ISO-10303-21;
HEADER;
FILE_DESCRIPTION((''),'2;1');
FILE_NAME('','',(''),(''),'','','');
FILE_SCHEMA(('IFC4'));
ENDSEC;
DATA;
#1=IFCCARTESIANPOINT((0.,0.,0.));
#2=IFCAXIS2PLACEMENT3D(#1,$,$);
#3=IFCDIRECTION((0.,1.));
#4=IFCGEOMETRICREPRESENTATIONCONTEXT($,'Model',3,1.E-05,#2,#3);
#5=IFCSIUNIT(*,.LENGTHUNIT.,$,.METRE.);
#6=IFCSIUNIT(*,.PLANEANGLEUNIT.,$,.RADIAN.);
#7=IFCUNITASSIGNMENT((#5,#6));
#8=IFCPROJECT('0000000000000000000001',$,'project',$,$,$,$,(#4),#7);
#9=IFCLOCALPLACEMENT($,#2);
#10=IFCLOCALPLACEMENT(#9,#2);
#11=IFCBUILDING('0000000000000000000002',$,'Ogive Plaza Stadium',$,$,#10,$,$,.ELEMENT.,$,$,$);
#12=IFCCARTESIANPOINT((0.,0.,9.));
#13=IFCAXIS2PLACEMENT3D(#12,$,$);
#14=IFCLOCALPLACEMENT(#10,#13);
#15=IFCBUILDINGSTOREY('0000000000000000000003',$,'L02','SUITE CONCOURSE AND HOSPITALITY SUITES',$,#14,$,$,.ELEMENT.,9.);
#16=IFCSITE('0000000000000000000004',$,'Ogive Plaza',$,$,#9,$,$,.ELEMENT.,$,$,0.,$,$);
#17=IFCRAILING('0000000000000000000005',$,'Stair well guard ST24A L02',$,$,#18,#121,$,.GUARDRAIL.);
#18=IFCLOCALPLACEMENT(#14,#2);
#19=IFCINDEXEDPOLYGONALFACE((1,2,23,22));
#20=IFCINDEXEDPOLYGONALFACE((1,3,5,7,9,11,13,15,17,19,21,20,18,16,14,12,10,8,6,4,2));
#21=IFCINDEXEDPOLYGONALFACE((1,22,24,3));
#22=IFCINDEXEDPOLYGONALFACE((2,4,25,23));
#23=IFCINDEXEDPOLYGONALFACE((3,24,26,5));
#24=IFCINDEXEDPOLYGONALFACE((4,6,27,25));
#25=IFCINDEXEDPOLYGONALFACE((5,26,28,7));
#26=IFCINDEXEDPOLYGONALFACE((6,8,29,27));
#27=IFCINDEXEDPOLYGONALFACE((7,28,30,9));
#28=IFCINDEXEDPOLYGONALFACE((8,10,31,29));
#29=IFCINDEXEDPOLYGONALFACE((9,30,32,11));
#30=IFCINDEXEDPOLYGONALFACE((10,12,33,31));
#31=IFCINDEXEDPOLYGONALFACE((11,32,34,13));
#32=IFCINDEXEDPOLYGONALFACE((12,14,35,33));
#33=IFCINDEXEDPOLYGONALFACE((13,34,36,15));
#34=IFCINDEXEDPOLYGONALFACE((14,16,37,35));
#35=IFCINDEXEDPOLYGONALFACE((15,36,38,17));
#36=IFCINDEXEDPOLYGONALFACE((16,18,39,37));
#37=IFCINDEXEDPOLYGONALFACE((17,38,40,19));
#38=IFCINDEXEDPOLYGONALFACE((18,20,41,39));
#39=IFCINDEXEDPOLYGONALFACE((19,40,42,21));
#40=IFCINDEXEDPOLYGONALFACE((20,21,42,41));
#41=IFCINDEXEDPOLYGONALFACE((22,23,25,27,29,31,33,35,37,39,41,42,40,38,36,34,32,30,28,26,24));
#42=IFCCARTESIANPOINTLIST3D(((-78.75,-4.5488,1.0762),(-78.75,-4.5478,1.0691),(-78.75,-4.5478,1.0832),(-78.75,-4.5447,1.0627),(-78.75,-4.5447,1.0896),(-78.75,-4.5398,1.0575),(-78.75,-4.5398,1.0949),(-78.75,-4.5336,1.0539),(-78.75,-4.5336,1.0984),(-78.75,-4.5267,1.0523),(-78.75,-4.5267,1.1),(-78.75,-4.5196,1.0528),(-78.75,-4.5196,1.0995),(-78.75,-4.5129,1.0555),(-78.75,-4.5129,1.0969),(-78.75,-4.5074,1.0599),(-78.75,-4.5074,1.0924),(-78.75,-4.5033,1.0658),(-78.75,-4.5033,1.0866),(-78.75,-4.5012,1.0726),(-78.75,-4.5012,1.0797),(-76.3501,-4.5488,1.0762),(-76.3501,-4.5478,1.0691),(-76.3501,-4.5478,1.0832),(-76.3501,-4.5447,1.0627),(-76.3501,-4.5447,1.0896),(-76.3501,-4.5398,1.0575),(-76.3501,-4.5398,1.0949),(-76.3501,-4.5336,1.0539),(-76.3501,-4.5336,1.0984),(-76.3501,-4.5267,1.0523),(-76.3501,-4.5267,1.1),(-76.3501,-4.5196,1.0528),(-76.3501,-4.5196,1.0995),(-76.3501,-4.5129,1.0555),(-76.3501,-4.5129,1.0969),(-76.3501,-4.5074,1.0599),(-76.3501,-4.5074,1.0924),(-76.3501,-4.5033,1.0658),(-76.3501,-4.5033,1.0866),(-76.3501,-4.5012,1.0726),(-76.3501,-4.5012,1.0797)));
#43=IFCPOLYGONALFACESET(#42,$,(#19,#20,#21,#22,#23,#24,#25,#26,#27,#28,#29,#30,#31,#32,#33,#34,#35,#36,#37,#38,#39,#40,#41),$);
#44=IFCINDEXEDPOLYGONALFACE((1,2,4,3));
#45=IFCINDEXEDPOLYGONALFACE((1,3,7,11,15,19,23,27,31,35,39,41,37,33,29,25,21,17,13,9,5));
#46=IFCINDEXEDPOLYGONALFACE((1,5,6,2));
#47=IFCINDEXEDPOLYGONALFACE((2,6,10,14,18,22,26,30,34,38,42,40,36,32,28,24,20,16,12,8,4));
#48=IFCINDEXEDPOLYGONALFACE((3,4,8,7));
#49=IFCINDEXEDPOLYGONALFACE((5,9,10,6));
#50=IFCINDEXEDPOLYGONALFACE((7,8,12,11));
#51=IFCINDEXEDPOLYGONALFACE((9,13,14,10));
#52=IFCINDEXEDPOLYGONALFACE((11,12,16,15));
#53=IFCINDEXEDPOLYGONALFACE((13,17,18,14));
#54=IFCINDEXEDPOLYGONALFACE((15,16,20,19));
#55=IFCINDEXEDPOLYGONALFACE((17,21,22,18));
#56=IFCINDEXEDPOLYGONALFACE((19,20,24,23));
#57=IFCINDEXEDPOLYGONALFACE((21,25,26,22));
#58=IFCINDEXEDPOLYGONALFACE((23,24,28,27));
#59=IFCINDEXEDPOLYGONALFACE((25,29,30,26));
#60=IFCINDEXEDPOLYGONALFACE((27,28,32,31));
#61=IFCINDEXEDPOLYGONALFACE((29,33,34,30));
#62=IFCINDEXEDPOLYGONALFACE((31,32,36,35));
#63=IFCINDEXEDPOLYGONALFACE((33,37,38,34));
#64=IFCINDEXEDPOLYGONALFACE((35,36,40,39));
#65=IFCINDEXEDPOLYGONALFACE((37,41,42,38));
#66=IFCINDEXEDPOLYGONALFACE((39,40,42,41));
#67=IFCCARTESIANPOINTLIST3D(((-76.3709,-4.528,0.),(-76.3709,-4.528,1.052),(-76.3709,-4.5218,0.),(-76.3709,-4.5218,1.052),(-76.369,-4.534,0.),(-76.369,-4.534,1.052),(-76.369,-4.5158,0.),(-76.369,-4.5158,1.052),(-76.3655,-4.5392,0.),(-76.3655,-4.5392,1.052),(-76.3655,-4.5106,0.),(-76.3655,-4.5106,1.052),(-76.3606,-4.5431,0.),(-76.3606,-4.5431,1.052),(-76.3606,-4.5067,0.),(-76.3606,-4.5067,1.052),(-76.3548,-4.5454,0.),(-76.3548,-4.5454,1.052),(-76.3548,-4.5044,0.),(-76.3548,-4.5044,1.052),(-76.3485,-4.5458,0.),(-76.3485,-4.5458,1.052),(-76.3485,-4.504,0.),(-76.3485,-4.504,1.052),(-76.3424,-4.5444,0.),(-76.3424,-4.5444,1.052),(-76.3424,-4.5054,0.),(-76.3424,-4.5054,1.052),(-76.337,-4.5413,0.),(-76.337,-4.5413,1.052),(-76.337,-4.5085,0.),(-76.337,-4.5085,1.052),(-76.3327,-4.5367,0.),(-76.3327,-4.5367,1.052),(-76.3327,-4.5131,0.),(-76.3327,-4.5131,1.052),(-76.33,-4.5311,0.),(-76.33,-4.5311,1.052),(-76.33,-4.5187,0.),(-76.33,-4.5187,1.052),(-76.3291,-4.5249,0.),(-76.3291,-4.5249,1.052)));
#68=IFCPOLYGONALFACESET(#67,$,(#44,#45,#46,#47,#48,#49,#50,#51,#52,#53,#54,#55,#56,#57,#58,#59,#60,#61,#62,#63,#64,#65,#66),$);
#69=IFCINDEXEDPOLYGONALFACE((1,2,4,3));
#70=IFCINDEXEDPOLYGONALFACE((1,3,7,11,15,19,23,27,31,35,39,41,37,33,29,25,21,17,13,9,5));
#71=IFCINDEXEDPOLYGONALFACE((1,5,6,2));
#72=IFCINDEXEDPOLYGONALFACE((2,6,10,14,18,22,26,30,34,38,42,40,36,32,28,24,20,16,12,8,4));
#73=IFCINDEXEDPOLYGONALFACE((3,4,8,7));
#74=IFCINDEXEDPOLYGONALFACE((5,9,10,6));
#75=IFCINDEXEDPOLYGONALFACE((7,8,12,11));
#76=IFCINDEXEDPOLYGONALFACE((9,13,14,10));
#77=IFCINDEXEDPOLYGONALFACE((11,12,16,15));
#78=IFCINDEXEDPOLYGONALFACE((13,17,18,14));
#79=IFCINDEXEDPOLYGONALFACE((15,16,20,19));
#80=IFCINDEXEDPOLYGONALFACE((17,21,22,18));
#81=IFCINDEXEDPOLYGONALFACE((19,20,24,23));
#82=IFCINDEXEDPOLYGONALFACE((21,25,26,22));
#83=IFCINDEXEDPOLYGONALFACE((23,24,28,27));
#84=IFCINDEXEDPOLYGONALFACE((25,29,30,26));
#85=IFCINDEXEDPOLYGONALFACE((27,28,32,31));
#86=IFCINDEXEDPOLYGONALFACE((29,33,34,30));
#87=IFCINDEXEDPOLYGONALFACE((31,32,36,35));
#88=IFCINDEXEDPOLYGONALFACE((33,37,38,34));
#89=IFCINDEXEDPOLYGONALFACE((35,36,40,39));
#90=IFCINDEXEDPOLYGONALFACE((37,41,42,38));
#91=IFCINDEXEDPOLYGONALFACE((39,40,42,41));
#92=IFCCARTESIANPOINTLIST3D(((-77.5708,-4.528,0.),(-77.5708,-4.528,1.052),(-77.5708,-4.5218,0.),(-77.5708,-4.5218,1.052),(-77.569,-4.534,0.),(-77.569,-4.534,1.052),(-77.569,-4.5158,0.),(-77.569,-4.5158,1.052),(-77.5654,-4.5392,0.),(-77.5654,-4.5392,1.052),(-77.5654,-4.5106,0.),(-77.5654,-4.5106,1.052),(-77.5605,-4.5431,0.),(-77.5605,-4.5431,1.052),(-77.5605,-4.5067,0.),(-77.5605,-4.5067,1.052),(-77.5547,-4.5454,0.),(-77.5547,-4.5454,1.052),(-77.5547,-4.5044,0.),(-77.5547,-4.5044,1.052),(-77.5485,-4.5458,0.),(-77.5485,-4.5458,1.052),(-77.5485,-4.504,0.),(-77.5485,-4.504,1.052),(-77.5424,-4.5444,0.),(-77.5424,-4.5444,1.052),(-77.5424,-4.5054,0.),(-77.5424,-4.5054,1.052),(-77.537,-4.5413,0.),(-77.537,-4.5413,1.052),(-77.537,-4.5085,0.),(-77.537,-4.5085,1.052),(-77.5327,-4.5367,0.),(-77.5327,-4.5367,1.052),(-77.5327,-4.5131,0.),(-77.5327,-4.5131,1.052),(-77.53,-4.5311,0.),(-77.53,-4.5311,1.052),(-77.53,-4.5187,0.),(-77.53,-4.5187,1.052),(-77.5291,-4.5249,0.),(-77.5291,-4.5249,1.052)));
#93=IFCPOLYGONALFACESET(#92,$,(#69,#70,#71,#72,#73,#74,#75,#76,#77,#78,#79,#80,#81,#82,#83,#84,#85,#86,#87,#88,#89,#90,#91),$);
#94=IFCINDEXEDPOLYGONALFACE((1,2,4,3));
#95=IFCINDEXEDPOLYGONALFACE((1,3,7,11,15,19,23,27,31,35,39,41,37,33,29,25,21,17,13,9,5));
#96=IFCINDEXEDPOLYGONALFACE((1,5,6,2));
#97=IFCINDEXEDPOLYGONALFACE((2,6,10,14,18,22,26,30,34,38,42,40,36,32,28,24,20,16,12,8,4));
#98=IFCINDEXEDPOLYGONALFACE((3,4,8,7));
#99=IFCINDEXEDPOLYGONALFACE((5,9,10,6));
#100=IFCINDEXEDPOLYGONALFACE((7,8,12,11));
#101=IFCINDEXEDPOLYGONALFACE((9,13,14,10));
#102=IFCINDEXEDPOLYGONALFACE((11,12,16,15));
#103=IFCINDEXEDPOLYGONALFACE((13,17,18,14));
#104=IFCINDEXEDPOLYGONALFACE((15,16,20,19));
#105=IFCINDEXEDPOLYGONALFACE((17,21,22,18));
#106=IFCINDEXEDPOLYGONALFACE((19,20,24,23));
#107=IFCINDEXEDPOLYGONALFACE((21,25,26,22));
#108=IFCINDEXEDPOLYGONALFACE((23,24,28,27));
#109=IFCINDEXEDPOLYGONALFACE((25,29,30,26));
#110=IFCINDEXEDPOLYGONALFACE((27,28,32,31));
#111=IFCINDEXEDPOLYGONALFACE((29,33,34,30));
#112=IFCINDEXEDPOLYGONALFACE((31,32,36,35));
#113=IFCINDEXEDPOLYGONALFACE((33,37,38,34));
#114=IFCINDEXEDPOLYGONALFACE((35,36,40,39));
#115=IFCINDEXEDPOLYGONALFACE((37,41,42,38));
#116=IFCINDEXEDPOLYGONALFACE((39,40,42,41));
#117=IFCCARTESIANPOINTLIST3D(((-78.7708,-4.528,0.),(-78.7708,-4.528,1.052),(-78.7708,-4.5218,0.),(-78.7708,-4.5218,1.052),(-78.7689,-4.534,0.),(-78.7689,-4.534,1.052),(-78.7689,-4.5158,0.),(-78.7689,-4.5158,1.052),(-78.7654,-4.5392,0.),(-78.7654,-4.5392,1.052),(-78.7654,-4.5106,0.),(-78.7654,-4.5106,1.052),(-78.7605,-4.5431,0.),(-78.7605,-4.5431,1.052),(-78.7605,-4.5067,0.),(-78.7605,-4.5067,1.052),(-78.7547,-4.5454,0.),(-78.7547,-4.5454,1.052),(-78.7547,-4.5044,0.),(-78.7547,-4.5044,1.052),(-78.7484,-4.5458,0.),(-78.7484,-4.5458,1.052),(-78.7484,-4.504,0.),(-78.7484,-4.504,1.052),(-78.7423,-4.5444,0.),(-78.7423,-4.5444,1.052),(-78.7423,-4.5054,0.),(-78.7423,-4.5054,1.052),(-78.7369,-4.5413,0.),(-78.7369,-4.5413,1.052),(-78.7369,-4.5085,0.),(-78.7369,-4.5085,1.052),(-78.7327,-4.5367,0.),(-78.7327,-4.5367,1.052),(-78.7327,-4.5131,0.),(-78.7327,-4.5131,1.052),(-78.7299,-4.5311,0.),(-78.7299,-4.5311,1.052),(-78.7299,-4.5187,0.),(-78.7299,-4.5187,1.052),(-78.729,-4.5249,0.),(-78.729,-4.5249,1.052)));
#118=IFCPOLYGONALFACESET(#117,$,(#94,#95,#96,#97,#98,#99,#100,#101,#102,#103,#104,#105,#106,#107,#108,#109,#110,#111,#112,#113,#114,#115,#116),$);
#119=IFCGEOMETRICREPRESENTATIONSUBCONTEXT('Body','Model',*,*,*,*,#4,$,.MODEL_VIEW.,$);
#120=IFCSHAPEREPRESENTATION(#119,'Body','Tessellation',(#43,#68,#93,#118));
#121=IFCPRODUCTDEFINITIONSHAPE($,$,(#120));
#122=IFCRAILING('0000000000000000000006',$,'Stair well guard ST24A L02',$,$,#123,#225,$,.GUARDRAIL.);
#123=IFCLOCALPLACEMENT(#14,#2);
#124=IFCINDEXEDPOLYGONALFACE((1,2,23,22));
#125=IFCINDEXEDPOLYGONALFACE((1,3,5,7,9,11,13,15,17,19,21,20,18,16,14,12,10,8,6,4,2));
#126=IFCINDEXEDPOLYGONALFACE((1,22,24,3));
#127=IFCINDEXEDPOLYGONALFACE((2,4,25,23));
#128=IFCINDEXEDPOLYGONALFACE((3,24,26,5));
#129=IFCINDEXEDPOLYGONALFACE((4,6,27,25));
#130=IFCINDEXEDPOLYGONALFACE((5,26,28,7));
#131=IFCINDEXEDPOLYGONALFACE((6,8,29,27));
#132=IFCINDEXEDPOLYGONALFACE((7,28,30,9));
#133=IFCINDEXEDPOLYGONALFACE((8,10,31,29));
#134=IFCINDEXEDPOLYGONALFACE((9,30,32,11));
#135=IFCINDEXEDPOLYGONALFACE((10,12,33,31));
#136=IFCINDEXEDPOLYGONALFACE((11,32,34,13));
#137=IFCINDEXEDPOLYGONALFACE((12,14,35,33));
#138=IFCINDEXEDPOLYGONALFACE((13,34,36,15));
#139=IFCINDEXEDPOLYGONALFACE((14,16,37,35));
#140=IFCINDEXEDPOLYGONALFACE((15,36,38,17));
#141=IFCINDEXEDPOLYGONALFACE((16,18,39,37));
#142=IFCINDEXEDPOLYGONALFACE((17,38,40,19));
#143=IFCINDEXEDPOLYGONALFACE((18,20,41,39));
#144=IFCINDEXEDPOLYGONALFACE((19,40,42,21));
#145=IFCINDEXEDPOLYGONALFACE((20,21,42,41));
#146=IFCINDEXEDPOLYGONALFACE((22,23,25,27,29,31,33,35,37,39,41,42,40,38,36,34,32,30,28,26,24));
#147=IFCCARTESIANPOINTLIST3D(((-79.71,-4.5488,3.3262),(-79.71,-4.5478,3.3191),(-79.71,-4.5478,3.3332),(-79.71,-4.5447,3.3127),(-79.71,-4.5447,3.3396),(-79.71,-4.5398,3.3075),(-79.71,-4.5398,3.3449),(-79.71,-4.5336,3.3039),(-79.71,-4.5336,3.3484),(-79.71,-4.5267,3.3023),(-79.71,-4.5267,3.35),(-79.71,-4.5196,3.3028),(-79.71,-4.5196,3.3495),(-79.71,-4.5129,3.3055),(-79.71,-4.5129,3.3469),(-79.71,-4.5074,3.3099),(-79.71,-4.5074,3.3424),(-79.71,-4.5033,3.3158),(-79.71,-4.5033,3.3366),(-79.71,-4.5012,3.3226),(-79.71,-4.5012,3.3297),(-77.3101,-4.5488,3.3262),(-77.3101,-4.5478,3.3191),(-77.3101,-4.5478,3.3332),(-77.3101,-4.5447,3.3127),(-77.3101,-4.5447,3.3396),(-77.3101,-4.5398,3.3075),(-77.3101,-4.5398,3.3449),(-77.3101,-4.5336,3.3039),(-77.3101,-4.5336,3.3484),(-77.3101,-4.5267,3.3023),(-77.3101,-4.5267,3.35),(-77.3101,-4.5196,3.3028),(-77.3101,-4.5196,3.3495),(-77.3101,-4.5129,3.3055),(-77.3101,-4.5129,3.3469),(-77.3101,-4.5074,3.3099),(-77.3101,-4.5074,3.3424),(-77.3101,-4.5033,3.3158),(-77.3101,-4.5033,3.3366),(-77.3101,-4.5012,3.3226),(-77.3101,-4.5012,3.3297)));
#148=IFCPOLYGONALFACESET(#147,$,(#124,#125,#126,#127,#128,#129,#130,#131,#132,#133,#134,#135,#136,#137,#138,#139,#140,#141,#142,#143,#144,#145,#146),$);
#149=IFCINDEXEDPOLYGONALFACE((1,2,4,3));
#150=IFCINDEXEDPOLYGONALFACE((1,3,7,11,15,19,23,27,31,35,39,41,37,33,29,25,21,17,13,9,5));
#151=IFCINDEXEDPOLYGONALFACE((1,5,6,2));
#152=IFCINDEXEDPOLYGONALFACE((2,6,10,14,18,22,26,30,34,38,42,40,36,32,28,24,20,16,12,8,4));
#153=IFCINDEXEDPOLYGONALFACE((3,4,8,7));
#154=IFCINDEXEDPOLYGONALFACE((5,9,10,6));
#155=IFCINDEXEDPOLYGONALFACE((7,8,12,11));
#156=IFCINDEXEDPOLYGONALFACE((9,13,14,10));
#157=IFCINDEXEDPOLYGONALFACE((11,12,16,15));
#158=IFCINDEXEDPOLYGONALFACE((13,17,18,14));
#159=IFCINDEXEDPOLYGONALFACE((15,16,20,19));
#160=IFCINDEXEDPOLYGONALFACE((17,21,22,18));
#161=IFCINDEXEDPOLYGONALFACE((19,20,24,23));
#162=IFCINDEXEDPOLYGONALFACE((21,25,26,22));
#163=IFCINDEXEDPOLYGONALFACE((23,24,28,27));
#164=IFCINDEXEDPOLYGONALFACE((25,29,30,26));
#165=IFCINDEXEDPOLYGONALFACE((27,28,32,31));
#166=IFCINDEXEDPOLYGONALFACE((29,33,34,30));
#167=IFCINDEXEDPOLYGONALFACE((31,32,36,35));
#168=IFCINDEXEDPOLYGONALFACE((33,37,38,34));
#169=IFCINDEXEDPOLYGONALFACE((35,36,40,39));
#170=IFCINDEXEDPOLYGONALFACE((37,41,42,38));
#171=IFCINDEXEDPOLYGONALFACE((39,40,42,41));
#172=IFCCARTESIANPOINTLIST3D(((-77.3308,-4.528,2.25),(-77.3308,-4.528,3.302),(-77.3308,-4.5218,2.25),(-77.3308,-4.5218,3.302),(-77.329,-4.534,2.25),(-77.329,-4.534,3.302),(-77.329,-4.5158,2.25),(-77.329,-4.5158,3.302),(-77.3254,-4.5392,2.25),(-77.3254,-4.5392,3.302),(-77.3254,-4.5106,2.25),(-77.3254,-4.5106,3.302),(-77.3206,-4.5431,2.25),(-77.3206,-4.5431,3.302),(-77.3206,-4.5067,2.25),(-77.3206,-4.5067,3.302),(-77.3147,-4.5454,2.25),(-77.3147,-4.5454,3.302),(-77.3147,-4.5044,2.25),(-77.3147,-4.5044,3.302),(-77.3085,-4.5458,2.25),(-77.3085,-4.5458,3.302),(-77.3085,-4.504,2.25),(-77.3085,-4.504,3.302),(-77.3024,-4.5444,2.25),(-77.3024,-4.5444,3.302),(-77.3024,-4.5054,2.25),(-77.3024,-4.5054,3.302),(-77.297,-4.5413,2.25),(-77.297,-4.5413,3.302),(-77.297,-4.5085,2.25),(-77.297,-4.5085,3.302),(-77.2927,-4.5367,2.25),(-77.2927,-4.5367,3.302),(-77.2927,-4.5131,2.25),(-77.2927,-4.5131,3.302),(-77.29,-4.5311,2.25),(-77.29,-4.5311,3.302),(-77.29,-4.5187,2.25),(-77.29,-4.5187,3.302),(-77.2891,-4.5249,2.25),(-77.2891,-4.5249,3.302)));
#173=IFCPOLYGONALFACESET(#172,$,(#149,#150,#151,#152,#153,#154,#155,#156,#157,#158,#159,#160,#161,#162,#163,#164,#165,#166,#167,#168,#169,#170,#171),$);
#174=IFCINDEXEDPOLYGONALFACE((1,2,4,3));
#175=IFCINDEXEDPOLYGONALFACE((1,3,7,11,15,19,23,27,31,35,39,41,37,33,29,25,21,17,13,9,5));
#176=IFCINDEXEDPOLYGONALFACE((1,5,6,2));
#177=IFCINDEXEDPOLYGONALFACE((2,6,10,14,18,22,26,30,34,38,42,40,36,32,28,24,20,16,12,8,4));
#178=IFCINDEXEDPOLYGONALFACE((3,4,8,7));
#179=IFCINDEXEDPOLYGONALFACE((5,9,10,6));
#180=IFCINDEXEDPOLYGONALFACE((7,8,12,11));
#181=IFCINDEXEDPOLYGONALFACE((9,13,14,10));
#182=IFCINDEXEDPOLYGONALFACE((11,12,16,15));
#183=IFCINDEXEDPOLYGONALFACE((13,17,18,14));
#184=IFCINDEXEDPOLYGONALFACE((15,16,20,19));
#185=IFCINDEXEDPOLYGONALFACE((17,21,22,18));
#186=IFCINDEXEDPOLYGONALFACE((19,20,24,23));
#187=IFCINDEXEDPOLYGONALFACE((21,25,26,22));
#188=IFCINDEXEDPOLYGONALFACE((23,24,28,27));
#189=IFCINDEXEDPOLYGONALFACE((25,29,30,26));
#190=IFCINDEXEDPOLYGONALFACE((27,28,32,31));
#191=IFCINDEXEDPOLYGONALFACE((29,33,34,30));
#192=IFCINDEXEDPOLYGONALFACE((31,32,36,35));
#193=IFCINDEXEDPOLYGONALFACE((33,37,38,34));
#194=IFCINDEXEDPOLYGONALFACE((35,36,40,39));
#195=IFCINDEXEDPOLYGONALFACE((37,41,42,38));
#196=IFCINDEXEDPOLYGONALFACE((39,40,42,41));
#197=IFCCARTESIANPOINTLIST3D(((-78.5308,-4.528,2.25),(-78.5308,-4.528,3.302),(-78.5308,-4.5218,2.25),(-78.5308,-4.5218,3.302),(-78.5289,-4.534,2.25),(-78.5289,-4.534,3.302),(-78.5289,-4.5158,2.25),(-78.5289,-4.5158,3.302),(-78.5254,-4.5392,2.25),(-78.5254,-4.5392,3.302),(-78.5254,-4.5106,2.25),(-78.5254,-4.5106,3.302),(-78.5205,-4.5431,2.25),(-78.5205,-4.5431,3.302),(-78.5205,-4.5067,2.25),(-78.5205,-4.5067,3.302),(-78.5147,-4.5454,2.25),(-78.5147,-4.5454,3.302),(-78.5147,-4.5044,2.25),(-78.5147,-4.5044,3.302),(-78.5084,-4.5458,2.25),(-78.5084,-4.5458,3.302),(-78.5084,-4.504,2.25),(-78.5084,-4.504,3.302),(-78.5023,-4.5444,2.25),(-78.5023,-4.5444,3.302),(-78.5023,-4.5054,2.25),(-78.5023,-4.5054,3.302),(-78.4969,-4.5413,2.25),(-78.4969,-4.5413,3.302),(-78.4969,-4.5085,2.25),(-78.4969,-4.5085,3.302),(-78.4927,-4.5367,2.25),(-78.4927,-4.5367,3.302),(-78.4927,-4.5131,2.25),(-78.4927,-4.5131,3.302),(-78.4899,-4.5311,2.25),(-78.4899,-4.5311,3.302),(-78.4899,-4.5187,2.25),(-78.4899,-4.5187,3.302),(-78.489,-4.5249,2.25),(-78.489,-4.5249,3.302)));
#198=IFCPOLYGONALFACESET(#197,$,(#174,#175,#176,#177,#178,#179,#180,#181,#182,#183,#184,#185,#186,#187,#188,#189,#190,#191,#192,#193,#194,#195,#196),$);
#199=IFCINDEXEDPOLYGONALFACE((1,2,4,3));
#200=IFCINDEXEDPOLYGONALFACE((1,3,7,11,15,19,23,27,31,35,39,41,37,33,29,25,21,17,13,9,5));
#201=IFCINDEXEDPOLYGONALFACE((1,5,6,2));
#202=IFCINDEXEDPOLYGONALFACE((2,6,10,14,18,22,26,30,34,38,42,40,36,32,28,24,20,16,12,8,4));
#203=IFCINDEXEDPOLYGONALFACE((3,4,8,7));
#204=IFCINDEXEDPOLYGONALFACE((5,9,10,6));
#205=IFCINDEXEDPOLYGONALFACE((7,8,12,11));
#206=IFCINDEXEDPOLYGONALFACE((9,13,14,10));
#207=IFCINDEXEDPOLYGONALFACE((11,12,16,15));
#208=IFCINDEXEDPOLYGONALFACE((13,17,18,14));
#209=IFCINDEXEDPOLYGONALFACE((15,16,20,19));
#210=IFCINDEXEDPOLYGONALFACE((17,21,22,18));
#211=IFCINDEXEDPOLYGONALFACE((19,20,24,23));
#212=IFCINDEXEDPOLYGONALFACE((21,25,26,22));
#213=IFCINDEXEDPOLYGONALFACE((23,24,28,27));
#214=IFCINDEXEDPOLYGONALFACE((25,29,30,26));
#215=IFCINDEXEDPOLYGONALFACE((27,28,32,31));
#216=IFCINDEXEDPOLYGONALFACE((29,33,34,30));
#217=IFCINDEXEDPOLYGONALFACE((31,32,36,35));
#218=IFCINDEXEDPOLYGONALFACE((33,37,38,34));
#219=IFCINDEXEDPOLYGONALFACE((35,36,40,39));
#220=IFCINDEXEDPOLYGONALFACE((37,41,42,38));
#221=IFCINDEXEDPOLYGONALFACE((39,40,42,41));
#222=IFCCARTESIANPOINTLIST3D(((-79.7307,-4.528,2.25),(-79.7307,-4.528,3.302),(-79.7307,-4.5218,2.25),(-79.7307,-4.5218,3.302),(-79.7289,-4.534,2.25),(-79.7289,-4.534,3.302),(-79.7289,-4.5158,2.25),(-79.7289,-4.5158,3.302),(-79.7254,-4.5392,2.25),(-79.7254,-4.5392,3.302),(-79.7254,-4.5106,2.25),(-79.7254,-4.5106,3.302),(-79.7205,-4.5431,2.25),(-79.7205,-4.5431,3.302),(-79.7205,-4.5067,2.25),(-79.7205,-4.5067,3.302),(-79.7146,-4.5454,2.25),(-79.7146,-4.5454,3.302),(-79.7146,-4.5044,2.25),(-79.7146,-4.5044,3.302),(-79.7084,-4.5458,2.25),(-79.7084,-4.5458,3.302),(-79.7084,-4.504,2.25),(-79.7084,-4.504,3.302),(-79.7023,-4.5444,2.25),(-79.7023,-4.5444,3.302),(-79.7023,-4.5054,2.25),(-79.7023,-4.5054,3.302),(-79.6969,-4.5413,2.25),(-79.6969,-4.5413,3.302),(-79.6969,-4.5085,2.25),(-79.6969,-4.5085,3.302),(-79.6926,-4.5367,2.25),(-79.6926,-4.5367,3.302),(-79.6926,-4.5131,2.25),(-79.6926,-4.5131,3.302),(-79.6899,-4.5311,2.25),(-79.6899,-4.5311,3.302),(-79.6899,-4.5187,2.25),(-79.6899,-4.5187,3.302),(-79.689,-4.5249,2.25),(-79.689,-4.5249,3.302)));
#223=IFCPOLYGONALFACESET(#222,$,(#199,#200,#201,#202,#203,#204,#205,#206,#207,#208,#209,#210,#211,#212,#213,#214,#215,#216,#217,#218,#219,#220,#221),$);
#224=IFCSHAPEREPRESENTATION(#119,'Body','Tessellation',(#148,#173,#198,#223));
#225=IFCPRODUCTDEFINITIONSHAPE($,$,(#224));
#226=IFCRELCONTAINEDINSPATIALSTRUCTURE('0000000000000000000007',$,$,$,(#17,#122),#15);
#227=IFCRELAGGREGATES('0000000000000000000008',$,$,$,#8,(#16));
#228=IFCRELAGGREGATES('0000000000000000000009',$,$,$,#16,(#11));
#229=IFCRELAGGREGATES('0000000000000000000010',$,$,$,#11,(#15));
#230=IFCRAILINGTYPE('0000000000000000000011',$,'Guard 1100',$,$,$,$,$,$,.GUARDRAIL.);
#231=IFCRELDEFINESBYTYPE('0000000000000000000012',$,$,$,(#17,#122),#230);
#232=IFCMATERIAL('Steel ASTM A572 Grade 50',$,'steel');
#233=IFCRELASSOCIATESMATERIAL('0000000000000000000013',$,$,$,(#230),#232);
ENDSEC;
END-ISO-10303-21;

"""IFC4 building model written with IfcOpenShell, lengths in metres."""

from ifc_helpers import new_model, si_unit, direction, frame, origin, origin_2d, place, context, subcontext, project, spatial, circle, extrude, material, type_object, element, save


model = new_model("IFC4")

# Units and contexts
model_context = context("Model", 3, precision=1e-05, world=origin(), true_north=direction((0.0, 1.0)))
body_context = subcontext(model_context, "Body", "Model", "MODEL_VIEW")
ifc_project = project(units=[si_unit("LENGTHUNIT", "METRE"), si_unit("PLANEANGLEUNIT", "RADIAN")], contexts=[model_context])

# Site, building, storey
site_placement = place(None, origin())
site = spatial("IfcSite", under=ifc_project, at=site_placement, Name="Ogive Plaza", CompositionType="ELEMENT", RefElevation=0.0)
building_placement = place(site_placement, origin())
building = spatial("IfcBuilding", under=site, at=building_placement, Name="Ogive Plaza Stadium", CompositionType="ELEMENT")
storey_placement = place(building_placement, frame((0.0, 0.0, 9.0)))
storey = spatial("IfcBuildingStorey", under=building, at=storey_placement, Name="L02", Description="SUITE CONCOURSE AND HOSPITALITY SUITES", CompositionType="ELEMENT", Elevation=9.0)

# Railings
ifc_material_1 = material(Name="Steel ASTM A572 Grade 50", Category="steel")
railing_type_1 = type_object("IfcRailingType", Name="Guard 1100", PredefinedType="GUARDRAIL", material=ifc_material_1)
for number, where, name in (
    (1, (-76.3501, -4.5249, 0.0), "Stair well guard ST24A L02"),
    (2, (-77.3101, -4.5249, 2.25), "Stair well guard ST24A L02"),
):
    element("IfcRailing", number, at=place(storey_placement, frame(where)), inside=storey, type_object=railing_type_1, Name=name, PredefinedType="GUARDRAIL", context=body_context, shape_type="SweptSolid", body=[
        extrude(circle(Radius=0.0239, at=origin_2d()), frame((0.0, 0.0, 1.0762), z_axis=(-1.0, 0.0, 0.0), x_axis=(0.0, -1.0, 0.0)), (0.0, 0.0, 1.0), 2.3999),
        extrude(circle(Radius=0.021, at=origin_2d()), origin(), (0.0, 0.0, 1.0), 1.052),
        extrude(circle(Radius=0.021, at=origin_2d()), frame((-1.2, 0.0, 0.0)), (0.0, 0.0, 1.0), 1.052),
        extrude(circle(Radius=0.021, at=origin_2d()), frame((-2.3999, 0.0, 0.0)), (0.0, 0.0, 1.0), 1.052),
    ])

save(model, "model.ifc")
